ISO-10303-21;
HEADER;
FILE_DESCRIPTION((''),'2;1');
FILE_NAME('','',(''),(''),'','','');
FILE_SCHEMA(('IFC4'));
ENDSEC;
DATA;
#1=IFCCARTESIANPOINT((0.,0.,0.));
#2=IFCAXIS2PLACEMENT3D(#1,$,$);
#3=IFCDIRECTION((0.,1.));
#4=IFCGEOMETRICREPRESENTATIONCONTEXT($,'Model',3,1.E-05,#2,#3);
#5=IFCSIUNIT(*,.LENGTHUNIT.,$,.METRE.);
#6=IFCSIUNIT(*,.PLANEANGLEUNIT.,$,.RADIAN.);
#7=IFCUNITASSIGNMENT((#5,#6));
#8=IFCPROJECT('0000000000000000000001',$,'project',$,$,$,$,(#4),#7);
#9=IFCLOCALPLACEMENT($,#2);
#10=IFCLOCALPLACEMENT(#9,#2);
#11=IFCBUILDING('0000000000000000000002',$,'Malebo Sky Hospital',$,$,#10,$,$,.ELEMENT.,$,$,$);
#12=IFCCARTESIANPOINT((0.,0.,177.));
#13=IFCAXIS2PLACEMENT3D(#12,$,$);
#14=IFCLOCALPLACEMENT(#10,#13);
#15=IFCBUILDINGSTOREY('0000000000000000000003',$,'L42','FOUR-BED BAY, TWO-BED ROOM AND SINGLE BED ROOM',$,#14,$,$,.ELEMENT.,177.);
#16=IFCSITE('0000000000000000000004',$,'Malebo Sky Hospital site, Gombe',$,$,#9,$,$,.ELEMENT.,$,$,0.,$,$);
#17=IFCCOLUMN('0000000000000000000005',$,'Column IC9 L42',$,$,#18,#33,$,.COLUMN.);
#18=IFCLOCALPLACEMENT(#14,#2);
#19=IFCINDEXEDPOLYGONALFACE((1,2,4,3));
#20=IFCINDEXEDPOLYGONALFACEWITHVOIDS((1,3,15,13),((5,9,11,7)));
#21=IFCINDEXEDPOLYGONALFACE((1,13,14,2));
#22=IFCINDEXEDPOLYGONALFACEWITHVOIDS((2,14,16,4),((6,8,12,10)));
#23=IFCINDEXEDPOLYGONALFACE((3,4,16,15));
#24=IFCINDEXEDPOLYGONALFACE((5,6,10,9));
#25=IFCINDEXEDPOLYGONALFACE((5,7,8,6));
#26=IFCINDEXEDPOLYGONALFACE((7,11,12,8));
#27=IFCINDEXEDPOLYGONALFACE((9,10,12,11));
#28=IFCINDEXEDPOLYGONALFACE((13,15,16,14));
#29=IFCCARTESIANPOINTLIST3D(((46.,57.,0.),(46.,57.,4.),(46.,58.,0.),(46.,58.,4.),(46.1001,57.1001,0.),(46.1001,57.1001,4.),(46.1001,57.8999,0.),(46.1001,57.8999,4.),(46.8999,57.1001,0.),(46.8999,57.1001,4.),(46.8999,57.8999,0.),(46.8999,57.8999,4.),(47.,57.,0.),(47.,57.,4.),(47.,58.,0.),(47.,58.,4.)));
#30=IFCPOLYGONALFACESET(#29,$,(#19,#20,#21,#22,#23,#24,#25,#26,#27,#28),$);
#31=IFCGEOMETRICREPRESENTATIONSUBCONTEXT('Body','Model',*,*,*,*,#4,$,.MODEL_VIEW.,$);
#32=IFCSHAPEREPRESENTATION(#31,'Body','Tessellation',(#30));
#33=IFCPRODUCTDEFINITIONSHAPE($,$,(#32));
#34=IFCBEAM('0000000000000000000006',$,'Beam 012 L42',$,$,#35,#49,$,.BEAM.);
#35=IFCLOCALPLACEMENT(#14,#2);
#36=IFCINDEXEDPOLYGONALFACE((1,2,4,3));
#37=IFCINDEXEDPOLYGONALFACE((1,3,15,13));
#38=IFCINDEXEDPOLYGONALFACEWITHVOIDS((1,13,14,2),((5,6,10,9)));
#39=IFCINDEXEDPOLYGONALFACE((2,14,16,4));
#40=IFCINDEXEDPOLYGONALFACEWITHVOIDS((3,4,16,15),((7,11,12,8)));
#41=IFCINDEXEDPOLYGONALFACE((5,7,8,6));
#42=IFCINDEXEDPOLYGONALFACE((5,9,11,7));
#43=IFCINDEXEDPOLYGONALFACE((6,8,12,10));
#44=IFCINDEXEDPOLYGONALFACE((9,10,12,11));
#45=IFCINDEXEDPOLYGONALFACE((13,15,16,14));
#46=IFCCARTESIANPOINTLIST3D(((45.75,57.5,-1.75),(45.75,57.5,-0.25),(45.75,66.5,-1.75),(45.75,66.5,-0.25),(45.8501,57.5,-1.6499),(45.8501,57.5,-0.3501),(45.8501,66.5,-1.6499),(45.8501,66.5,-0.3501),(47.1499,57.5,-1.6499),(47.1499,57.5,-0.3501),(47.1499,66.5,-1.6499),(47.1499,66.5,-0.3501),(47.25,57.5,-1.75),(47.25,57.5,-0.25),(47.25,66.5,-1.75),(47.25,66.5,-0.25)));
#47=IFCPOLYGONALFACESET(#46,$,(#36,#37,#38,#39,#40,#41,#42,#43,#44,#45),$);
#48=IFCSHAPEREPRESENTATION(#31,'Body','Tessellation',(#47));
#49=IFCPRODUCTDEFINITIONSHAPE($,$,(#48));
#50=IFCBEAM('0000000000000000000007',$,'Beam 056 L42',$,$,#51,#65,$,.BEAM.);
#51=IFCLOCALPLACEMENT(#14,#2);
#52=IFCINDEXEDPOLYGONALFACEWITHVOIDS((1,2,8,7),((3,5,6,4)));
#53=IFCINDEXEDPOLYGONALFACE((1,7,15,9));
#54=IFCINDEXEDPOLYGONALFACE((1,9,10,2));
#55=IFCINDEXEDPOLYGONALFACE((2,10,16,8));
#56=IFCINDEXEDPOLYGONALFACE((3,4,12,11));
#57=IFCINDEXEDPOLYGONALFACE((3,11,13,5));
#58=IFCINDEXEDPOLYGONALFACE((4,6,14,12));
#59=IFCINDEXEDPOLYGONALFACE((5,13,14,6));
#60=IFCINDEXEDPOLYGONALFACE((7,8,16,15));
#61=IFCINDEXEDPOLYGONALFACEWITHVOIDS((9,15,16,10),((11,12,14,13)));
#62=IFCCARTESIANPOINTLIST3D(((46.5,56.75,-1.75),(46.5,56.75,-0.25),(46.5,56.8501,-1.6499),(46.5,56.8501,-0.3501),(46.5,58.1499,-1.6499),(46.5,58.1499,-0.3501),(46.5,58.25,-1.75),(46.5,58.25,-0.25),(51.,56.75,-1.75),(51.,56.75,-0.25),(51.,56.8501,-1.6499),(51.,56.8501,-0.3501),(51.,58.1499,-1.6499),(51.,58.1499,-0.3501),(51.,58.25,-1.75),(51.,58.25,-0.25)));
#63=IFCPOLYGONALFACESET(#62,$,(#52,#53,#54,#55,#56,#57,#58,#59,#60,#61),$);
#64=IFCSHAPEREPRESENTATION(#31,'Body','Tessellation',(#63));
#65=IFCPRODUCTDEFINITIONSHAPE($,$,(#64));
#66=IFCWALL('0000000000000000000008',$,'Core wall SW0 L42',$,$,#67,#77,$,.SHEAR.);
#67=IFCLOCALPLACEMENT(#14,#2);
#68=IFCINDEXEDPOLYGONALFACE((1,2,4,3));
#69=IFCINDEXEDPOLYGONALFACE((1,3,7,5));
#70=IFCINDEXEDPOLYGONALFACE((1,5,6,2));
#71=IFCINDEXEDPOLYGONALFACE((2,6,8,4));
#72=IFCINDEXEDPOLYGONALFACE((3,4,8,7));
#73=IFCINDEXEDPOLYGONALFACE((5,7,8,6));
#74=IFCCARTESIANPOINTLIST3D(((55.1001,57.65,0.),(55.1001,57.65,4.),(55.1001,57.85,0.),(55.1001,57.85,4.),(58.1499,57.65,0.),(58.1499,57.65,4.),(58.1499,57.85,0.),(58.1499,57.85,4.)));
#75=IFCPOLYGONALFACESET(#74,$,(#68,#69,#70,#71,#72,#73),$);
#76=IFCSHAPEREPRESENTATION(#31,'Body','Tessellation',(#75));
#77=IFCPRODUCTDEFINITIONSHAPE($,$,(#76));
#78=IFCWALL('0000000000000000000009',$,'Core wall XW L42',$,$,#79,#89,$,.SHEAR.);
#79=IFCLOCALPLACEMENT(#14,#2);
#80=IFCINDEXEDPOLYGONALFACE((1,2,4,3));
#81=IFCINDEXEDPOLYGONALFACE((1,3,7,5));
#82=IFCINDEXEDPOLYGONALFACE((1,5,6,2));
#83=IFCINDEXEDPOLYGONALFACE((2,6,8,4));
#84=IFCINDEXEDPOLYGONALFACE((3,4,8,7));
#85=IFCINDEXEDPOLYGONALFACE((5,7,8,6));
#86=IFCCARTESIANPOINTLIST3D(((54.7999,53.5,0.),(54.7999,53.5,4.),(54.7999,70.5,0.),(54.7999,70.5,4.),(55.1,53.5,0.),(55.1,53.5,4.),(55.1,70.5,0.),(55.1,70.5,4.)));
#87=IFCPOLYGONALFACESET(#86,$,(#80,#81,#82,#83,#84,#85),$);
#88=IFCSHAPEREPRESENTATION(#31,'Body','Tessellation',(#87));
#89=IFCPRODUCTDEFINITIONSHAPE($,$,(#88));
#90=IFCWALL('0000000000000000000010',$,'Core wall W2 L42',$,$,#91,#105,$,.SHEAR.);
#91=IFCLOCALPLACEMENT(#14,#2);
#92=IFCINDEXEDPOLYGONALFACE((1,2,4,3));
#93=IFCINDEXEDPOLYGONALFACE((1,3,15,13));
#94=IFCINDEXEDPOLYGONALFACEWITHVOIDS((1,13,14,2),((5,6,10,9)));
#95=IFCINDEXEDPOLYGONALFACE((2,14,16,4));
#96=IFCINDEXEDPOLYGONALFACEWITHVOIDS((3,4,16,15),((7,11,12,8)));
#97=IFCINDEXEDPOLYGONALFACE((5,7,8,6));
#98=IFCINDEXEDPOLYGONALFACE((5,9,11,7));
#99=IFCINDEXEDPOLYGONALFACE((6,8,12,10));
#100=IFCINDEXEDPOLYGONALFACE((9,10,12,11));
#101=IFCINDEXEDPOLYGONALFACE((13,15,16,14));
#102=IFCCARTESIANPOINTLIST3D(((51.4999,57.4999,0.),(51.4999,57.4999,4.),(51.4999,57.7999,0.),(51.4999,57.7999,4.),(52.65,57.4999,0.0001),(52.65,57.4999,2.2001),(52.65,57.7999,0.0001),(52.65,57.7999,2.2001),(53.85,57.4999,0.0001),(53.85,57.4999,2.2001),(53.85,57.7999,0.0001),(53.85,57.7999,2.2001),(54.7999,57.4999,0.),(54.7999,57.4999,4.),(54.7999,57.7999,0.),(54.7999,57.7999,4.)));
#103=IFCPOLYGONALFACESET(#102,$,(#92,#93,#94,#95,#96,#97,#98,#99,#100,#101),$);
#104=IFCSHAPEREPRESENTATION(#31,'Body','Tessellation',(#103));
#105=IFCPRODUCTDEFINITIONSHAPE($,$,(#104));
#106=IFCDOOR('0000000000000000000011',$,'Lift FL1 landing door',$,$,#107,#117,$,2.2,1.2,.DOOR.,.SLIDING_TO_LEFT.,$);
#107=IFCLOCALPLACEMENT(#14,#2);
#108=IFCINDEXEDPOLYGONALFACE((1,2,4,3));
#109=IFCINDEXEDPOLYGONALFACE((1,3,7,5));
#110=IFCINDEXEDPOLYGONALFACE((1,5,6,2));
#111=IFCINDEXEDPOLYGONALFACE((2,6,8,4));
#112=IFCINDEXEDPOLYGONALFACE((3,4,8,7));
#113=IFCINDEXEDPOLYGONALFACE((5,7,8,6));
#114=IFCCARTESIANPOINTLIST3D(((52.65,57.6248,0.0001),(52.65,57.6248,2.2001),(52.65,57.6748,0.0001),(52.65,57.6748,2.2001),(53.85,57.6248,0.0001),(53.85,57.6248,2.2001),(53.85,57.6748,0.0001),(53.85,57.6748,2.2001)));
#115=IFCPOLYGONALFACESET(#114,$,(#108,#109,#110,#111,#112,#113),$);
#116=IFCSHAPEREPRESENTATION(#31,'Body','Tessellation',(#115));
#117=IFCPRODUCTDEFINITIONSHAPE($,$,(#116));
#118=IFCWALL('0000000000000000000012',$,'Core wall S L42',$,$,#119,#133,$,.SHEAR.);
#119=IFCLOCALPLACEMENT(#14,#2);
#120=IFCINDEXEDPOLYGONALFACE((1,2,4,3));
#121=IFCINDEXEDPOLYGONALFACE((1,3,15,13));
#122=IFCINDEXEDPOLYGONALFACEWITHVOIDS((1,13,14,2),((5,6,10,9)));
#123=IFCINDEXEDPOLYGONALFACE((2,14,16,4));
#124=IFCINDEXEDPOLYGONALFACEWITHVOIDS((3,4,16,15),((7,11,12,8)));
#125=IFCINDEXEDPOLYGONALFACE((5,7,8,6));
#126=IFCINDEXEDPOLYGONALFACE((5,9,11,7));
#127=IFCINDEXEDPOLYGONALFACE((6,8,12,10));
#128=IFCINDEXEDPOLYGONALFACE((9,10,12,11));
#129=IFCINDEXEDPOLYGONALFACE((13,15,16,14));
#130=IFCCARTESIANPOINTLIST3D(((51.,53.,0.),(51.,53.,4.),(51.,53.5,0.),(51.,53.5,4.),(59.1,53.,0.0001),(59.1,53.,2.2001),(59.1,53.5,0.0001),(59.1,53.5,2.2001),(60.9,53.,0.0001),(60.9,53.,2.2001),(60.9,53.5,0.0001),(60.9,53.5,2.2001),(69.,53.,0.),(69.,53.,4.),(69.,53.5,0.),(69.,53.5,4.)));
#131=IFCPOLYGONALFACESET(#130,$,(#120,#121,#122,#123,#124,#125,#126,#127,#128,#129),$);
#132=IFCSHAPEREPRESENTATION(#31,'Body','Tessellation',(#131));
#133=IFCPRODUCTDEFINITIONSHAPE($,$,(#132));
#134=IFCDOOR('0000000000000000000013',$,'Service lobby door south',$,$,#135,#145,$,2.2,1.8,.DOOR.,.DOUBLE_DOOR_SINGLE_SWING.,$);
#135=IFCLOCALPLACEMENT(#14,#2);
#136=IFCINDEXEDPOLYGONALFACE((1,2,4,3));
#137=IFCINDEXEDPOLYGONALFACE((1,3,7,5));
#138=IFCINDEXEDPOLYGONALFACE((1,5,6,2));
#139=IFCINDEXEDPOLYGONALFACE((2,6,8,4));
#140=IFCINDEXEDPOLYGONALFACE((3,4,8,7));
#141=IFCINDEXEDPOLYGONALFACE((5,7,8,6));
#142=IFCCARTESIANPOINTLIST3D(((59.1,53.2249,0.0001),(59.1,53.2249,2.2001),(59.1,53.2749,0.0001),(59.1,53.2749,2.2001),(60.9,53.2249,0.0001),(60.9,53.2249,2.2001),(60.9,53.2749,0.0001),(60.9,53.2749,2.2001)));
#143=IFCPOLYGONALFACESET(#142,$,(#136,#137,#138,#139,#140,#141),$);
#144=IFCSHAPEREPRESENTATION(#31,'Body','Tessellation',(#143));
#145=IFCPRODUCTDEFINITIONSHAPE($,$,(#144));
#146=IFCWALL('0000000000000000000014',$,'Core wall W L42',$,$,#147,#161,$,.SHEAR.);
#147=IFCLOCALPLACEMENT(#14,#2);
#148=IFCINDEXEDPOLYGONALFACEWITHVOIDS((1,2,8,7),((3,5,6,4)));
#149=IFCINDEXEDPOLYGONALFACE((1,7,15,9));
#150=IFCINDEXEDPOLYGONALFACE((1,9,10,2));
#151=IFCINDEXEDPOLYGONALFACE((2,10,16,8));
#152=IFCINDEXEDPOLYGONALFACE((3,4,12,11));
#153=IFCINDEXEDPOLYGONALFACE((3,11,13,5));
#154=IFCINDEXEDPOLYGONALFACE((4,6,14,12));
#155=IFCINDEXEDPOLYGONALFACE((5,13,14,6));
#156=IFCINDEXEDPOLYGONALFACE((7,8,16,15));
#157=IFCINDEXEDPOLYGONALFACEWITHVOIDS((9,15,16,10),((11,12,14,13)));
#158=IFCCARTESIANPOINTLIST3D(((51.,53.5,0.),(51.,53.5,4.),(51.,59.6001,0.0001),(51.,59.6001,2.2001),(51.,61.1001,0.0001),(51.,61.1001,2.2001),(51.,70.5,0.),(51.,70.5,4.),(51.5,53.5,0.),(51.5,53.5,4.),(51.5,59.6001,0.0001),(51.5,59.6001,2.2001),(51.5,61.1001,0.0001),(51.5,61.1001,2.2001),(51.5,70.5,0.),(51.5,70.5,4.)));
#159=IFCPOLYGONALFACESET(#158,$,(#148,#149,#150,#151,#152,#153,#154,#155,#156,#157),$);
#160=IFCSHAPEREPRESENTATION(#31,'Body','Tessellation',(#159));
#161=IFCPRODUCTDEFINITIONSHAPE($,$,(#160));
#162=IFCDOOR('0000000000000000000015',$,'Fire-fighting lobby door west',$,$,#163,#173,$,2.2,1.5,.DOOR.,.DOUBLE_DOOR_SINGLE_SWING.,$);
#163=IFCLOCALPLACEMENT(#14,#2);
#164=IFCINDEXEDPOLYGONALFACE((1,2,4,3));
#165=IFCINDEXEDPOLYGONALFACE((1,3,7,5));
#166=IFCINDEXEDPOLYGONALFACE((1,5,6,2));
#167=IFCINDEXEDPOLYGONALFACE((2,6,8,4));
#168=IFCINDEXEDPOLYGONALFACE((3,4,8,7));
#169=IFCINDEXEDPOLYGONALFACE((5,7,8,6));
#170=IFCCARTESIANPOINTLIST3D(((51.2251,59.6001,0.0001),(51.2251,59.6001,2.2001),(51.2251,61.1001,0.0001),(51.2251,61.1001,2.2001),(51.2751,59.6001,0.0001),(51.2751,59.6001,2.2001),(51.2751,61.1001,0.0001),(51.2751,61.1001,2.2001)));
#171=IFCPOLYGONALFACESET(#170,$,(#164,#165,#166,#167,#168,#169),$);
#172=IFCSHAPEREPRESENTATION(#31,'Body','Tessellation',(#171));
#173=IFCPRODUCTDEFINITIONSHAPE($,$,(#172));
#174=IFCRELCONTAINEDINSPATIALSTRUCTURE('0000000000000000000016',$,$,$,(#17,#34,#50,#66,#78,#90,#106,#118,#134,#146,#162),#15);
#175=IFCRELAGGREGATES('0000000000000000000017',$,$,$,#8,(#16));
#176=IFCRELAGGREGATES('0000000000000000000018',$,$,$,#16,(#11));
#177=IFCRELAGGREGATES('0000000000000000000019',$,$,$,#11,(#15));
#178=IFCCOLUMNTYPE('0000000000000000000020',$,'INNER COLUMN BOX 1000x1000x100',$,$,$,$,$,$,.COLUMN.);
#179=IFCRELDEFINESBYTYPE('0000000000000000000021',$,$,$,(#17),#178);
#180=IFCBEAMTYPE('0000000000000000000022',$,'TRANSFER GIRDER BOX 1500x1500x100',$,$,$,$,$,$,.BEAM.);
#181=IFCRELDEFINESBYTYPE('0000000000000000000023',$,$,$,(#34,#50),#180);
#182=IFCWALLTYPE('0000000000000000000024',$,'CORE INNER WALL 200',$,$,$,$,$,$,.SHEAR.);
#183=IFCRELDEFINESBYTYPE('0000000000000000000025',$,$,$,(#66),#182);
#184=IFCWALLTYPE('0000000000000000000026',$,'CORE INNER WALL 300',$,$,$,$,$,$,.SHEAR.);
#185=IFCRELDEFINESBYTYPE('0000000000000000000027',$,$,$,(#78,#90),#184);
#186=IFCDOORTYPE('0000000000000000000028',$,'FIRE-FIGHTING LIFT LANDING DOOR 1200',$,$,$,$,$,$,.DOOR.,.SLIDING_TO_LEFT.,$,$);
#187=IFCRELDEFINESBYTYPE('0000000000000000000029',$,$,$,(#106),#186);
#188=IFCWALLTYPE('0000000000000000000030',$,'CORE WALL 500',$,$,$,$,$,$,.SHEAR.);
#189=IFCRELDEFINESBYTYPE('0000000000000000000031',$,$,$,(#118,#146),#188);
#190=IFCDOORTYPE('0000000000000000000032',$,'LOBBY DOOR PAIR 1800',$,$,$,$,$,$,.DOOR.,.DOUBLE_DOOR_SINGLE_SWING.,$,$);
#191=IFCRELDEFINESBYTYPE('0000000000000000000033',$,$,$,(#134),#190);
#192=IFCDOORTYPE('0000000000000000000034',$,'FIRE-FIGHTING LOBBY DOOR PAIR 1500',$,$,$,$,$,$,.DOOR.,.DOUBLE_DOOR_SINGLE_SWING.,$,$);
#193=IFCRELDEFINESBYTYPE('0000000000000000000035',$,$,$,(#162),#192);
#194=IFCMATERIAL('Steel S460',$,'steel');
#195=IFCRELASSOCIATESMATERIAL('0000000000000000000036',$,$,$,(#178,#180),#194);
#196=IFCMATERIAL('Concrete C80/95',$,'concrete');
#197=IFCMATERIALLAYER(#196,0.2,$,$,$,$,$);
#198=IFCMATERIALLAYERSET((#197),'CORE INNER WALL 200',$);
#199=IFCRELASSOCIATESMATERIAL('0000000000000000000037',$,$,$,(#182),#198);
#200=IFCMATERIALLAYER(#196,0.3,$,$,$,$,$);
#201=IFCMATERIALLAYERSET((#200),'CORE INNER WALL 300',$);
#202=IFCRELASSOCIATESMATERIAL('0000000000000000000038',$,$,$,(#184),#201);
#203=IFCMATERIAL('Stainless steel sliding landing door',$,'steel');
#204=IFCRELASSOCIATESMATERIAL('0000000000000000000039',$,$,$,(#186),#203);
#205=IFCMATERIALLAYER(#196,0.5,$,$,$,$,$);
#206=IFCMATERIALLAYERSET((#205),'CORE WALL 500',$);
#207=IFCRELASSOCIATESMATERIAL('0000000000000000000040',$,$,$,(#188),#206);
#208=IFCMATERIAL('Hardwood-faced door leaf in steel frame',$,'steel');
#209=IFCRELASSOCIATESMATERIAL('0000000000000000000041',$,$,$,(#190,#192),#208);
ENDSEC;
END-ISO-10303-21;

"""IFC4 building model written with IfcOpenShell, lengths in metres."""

from ifc_helpers import new_model, si_unit, direction, frame, frame_2d, origin, origin_2d, place, context, subcontext, project, spatial, rectangle, hollow_rectangle, extrude, material, layer, layer_set, material_profile, profile_set, type_object, element, fill, save


model = new_model("IFC4")

# Units and contexts
model_context = context("Model", 3, precision=1e-05, world=origin(), true_north=direction((0.0, 1.0)))
body_context = subcontext(model_context, "Body", "Model", "MODEL_VIEW")
ifc_project = project(units=[si_unit("LENGTHUNIT", "METRE"), si_unit("PLANEANGLEUNIT", "RADIAN")], contexts=[model_context])

# Site, building, storey
site_placement = place(None, origin())
site = spatial("IfcSite", under=ifc_project, at=site_placement, Name="Malebo Sky Hospital site, Gombe", CompositionType="ELEMENT", RefElevation=0.0)
building_placement = place(site_placement, origin())
building = spatial("IfcBuilding", under=site, at=building_placement, Name="Malebo Sky Hospital", CompositionType="ELEMENT")
storey_placement = place(building_placement, frame((0.0, 0.0, 177.0)))
storey = spatial("IfcBuildingStorey", under=building, at=storey_placement, Name="L42", Description="FOUR-BED BAY, TWO-BED ROOM AND SINGLE BED ROOM", CompositionType="ELEMENT", Elevation=177.0)

# Column
ifc_material_1 = material(Name="Steel S460", Category="steel")
ifc_material_profile_1 = material_profile(ifc_material_1, hollow_rectangle(XDim=1.0, YDim=1.0, WallThickness=0.1001, at=origin_2d()), Name="BOX 1000x1000x100")
ifc_profile_set_1 = profile_set([ifc_material_profile_1], Name="Steel S460")
column_type = type_object("IfcColumnType", Name="INNER COLUMN BOX 1000x1000x100", PredefinedType="COLUMN", material=ifc_profile_set_1)
column_placement = place(storey_placement, frame((46.5, 57.5, 0.0), z_axis=(0.0, 0.0, 1.0), x_axis=(1.0, 0.0, 0.0)))
element("IfcColumn", 1, at=column_placement, inside=storey, type_object=column_type, Name="Column IC9 L42", PredefinedType="COLUMN", context=body_context, shape_type="SweptSolid", body=[
    extrude(hollow_rectangle(XDim=1.0, YDim=1.0, WallThickness=0.1001, at=origin_2d()), origin(), (0.0, 0.0, 1.0), 4.0),
])

# Beams
ifc_material_profile_2 = material_profile(ifc_material_1, hollow_rectangle(XDim=1.5, YDim=1.5, WallThickness=0.1001, at=origin_2d()), Name="BOX 1500x1500x100")
ifc_profile_set_2 = profile_set([ifc_material_profile_2], Name="Steel S460")
beam_type = type_object("IfcBeamType", Name="TRANSFER GIRDER BOX 1500x1500x100", PredefinedType="BEAM", material=ifc_profile_set_2)
beam_1_placement = place(storey_placement, frame((46.5, 57.5, -1.0), z_axis=(0.0, 1.0, 0.0), x_axis=(-1.0, 0.0, 0.0)))
element("IfcBeam", 2, at=beam_1_placement, inside=storey, type_object=beam_type, Name="Beam 012 L42", PredefinedType="BEAM", context=body_context, shape_type="SweptSolid", body=[
    extrude(hollow_rectangle(XDim=1.5, YDim=1.5, WallThickness=0.1001, at=origin_2d()), origin(), (0.0, 0.0, 1.0), 9.0),
])
beam_2_placement = place(storey_placement, frame((46.5, 57.5, -1.0), z_axis=(1.0, 0.0, 0.0), x_axis=(0.0, 1.0, 0.0)))
element("IfcBeam", 3, at=beam_2_placement, inside=storey, type_object=beam_type, Name="Beam 056 L42", PredefinedType="BEAM", context=body_context, shape_type="SweptSolid", body=[
    extrude(hollow_rectangle(XDim=1.5, YDim=1.5, WallThickness=0.1001, at=origin_2d()), origin(), (0.0, 0.0, 1.0), 4.5),
])

# Walls
ifc_material_2 = material(Name="Concrete C80/95", Category="concrete")
ifc_layer_1 = layer(ifc_material_2, 0.2)
ifc_layer_set_1 = layer_set([ifc_layer_1], Name="CORE INNER WALL 200")
wall_type_1 = type_object("IfcWallType", Name="CORE INNER WALL 200", PredefinedType="SHEAR", material=ifc_layer_set_1)
wall_1_placement = place(storey_placement, frame((55.1001, 57.75, 0.0), z_axis=(0.0, 0.0, 1.0), x_axis=(1.0, 0.0, 0.0)))
element("IfcWall", 4, at=wall_1_placement, inside=storey, type_object=wall_type_1, Name="Core wall SW0 L42", PredefinedType="SHEAR", context=body_context, shape_type="SweptSolid", body=[
    extrude(rectangle(XDim=3.0498, YDim=0.2, at=frame_2d((1.5249, 0.0))), origin(), (0.0, 0.0, 1.0), 4.0),
])
ifc_layer_2 = layer(ifc_material_2, 0.3)
ifc_layer_set_2 = layer_set([ifc_layer_2], Name="CORE INNER WALL 300")
wall_type_2 = type_object("IfcWallType", Name="CORE INNER WALL 300", PredefinedType="SHEAR", material=ifc_layer_set_2)
wall_2_placement = place(storey_placement, frame((54.95, 53.5, 0.0), z_axis=(0.0, 0.0, 1.0), x_axis=(0.0, 1.0, 0.0)))
element("IfcWall", 5, at=wall_2_placement, inside=storey, type_object=wall_type_2, Name="Core wall XW L42", PredefinedType="SHEAR", context=body_context, shape_type="SweptSolid", body=[
    extrude(rectangle(XDim=17.0, YDim=0.3, at=frame_2d((8.5, 0.0))), origin(), (0.0, 0.0, 1.0), 4.0),
])

# Walls, openings, doors
wall_3_placement = place(storey_placement, frame((51.5, 57.6499, 0.0), z_axis=(0.0, 0.0, 1.0), x_axis=(1.0, 0.0, 0.0)))
wall_3 = element("IfcWall", 6, at=wall_3_placement, inside=storey, type_object=wall_type_2, Name="Core wall W2 L42", PredefinedType="SHEAR", context=body_context, shape_type="SweptSolid", body=[
    extrude(rectangle(XDim=3.3, YDim=0.3, at=frame_2d((1.6499, 0.0))), origin(), (0.0, 0.0, 1.0), 4.0),
])
opening_1_placement = place(wall_3_placement, frame((1.1499, 0.0, 0.0)))
opening_1 = element("IfcOpeningElement", 7, at=opening_1_placement, cuts=wall_3, PredefinedType="OPENING", context=body_context, shape_type="SweptSolid", body=[
    extrude(rectangle(XDim=1.2, YDim=2.2, at=frame_2d((0.6001, 1.1001))), frame((0.0, 0.1599, 0.0), z_axis=(0.0, -1.0, 0.0), x_axis=(1.0, 0.0, 0.0)), (0.0, 0.0, 1.0), 0.3201),
])
ifc_material_3 = material(Name="Stainless steel sliding landing door", Category="steel")
door_type_1 = type_object("IfcDoorType", Name="FIRE-FIGHTING LIFT LANDING DOOR 1200", OperationType="SLIDING_TO_LEFT", PredefinedType="DOOR", material=ifc_material_3)
door_1_placement = place(opening_1_placement, origin())
door_1 = element("IfcDoor", 8, at=door_1_placement, inside=storey, type_object=door_type_1, Name="Lift FL1 landing door", OperationType="SLIDING_TO_LEFT", OverallHeight=2.2, OverallWidth=1.2, PredefinedType="DOOR", context=body_context, shape_type="SweptSolid", body=[
    extrude(rectangle(XDim=1.2, YDim=2.2, at=frame_2d((0.6001, 1.1001))), frame((0.0, 0.0249, 0.0), z_axis=(0.0, -1.0, 0.0), x_axis=(1.0, 0.0, 0.0)), (0.0, 0.0, 1.0), 0.05),
])
fill(opening_1, door_1)
ifc_layer_3 = layer(ifc_material_2, 0.5)
ifc_layer_set_3 = layer_set([ifc_layer_3], Name="CORE WALL 500")
wall_type_3 = type_object("IfcWallType", Name="CORE WALL 500", PredefinedType="SHEAR", material=ifc_layer_set_3)
wall_4_placement = place(storey_placement, frame((51.0, 53.25, 0.0), z_axis=(0.0, 0.0, 1.0), x_axis=(1.0, 0.0, 0.0)))
wall_4 = element("IfcWall", 9, at=wall_4_placement, inside=storey, type_object=wall_type_3, Name="Core wall S L42", PredefinedType="SHEAR", context=body_context, shape_type="SweptSolid", body=[
    extrude(rectangle(XDim=18.0, YDim=0.5, at=frame_2d((9.0, 0.0))), origin(), (0.0, 0.0, 1.0), 4.0),
])
opening_2_placement = place(wall_4_placement, frame((8.1001, 0.0, 0.0)))
opening_2 = element("IfcOpeningElement", 10, at=opening_2_placement, cuts=wall_4, PredefinedType="OPENING", context=body_context, shape_type="SweptSolid", body=[
    extrude(rectangle(XDim=1.8, YDim=2.2, at=frame_2d((0.8999, 1.1001))), frame((0.0, 0.26, 0.0), z_axis=(0.0, -1.0, 0.0), x_axis=(1.0, 0.0, 0.0)), (0.0, 0.0, 1.0), 0.52),
])
ifc_material_4 = material(Name="Hardwood-faced door leaf in steel frame", Category="steel")
door_type_2 = type_object("IfcDoorType", Name="LOBBY DOOR PAIR 1800", OperationType="DOUBLE_DOOR_SINGLE_SWING", PredefinedType="DOOR", material=ifc_material_4)
door_2_placement = place(opening_2_placement, origin())
door_2 = element("IfcDoor", 11, at=door_2_placement, inside=storey, type_object=door_type_2, Name="Service lobby door south", OperationType="DOUBLE_DOOR_SINGLE_SWING", OverallHeight=2.2, OverallWidth=1.8, PredefinedType="DOOR", context=body_context, shape_type="SweptSolid", body=[
    extrude(rectangle(XDim=1.8, YDim=2.2, at=frame_2d((0.8999, 1.1001))), frame((0.0, 0.0249, 0.0), z_axis=(0.0, -1.0, 0.0), x_axis=(1.0, 0.0, 0.0)), (0.0, 0.0, 1.0), 0.05),
])
fill(opening_2, door_2)
wall_5_placement = place(storey_placement, frame((51.25, 53.5, 0.0), z_axis=(0.0, 0.0, 1.0), x_axis=(0.0, 1.0, 0.0)))
wall_5 = element("IfcWall", 12, at=wall_5_placement, inside=storey, type_object=wall_type_3, Name="Core wall W L42", PredefinedType="SHEAR", context=body_context, shape_type="SweptSolid", body=[
    extrude(rectangle(XDim=17.0, YDim=0.5, at=frame_2d((8.5, 0.0))), origin(), (0.0, 0.0, 1.0), 4.0),
])
opening_3_placement = place(wall_5_placement, frame((6.1001, 0.0, 0.0)))
opening_3 = element("IfcOpeningElement", 13, at=opening_3_placement, cuts=wall_5, PredefinedType="OPENING", context=body_context, shape_type="SweptSolid", body=[
    extrude(rectangle(XDim=1.5, YDim=2.2, at=frame_2d((0.75, 1.1001))), frame((0.0, 0.26, 0.0), z_axis=(0.0, -1.0, 0.0), x_axis=(1.0, 0.0, 0.0)), (0.0, 0.0, 1.0), 0.52),
])
door_type_3 = type_object("IfcDoorType", Name="FIRE-FIGHTING LOBBY DOOR PAIR 1500", OperationType="DOUBLE_DOOR_SINGLE_SWING", PredefinedType="DOOR", material=ifc_material_4)
door_3_placement = place(opening_3_placement, origin())
door_3 = element("IfcDoor", 14, at=door_3_placement, inside=storey, type_object=door_type_3, Name="Fire-fighting lobby door west", OperationType="DOUBLE_DOOR_SINGLE_SWING", OverallHeight=2.2, OverallWidth=1.5, PredefinedType="DOOR", context=body_context, shape_type="SweptSolid", body=[
    extrude(rectangle(XDim=1.5, YDim=2.2, at=frame_2d((0.75, 1.1001))), frame((0.0, 0.0249, 0.0), z_axis=(0.0, -1.0, 0.0), x_axis=(1.0, 0.0, 0.0)), (0.0, 0.0, 1.0), 0.05),
])
fill(opening_3, door_3)

save(model, "model.ifc")
